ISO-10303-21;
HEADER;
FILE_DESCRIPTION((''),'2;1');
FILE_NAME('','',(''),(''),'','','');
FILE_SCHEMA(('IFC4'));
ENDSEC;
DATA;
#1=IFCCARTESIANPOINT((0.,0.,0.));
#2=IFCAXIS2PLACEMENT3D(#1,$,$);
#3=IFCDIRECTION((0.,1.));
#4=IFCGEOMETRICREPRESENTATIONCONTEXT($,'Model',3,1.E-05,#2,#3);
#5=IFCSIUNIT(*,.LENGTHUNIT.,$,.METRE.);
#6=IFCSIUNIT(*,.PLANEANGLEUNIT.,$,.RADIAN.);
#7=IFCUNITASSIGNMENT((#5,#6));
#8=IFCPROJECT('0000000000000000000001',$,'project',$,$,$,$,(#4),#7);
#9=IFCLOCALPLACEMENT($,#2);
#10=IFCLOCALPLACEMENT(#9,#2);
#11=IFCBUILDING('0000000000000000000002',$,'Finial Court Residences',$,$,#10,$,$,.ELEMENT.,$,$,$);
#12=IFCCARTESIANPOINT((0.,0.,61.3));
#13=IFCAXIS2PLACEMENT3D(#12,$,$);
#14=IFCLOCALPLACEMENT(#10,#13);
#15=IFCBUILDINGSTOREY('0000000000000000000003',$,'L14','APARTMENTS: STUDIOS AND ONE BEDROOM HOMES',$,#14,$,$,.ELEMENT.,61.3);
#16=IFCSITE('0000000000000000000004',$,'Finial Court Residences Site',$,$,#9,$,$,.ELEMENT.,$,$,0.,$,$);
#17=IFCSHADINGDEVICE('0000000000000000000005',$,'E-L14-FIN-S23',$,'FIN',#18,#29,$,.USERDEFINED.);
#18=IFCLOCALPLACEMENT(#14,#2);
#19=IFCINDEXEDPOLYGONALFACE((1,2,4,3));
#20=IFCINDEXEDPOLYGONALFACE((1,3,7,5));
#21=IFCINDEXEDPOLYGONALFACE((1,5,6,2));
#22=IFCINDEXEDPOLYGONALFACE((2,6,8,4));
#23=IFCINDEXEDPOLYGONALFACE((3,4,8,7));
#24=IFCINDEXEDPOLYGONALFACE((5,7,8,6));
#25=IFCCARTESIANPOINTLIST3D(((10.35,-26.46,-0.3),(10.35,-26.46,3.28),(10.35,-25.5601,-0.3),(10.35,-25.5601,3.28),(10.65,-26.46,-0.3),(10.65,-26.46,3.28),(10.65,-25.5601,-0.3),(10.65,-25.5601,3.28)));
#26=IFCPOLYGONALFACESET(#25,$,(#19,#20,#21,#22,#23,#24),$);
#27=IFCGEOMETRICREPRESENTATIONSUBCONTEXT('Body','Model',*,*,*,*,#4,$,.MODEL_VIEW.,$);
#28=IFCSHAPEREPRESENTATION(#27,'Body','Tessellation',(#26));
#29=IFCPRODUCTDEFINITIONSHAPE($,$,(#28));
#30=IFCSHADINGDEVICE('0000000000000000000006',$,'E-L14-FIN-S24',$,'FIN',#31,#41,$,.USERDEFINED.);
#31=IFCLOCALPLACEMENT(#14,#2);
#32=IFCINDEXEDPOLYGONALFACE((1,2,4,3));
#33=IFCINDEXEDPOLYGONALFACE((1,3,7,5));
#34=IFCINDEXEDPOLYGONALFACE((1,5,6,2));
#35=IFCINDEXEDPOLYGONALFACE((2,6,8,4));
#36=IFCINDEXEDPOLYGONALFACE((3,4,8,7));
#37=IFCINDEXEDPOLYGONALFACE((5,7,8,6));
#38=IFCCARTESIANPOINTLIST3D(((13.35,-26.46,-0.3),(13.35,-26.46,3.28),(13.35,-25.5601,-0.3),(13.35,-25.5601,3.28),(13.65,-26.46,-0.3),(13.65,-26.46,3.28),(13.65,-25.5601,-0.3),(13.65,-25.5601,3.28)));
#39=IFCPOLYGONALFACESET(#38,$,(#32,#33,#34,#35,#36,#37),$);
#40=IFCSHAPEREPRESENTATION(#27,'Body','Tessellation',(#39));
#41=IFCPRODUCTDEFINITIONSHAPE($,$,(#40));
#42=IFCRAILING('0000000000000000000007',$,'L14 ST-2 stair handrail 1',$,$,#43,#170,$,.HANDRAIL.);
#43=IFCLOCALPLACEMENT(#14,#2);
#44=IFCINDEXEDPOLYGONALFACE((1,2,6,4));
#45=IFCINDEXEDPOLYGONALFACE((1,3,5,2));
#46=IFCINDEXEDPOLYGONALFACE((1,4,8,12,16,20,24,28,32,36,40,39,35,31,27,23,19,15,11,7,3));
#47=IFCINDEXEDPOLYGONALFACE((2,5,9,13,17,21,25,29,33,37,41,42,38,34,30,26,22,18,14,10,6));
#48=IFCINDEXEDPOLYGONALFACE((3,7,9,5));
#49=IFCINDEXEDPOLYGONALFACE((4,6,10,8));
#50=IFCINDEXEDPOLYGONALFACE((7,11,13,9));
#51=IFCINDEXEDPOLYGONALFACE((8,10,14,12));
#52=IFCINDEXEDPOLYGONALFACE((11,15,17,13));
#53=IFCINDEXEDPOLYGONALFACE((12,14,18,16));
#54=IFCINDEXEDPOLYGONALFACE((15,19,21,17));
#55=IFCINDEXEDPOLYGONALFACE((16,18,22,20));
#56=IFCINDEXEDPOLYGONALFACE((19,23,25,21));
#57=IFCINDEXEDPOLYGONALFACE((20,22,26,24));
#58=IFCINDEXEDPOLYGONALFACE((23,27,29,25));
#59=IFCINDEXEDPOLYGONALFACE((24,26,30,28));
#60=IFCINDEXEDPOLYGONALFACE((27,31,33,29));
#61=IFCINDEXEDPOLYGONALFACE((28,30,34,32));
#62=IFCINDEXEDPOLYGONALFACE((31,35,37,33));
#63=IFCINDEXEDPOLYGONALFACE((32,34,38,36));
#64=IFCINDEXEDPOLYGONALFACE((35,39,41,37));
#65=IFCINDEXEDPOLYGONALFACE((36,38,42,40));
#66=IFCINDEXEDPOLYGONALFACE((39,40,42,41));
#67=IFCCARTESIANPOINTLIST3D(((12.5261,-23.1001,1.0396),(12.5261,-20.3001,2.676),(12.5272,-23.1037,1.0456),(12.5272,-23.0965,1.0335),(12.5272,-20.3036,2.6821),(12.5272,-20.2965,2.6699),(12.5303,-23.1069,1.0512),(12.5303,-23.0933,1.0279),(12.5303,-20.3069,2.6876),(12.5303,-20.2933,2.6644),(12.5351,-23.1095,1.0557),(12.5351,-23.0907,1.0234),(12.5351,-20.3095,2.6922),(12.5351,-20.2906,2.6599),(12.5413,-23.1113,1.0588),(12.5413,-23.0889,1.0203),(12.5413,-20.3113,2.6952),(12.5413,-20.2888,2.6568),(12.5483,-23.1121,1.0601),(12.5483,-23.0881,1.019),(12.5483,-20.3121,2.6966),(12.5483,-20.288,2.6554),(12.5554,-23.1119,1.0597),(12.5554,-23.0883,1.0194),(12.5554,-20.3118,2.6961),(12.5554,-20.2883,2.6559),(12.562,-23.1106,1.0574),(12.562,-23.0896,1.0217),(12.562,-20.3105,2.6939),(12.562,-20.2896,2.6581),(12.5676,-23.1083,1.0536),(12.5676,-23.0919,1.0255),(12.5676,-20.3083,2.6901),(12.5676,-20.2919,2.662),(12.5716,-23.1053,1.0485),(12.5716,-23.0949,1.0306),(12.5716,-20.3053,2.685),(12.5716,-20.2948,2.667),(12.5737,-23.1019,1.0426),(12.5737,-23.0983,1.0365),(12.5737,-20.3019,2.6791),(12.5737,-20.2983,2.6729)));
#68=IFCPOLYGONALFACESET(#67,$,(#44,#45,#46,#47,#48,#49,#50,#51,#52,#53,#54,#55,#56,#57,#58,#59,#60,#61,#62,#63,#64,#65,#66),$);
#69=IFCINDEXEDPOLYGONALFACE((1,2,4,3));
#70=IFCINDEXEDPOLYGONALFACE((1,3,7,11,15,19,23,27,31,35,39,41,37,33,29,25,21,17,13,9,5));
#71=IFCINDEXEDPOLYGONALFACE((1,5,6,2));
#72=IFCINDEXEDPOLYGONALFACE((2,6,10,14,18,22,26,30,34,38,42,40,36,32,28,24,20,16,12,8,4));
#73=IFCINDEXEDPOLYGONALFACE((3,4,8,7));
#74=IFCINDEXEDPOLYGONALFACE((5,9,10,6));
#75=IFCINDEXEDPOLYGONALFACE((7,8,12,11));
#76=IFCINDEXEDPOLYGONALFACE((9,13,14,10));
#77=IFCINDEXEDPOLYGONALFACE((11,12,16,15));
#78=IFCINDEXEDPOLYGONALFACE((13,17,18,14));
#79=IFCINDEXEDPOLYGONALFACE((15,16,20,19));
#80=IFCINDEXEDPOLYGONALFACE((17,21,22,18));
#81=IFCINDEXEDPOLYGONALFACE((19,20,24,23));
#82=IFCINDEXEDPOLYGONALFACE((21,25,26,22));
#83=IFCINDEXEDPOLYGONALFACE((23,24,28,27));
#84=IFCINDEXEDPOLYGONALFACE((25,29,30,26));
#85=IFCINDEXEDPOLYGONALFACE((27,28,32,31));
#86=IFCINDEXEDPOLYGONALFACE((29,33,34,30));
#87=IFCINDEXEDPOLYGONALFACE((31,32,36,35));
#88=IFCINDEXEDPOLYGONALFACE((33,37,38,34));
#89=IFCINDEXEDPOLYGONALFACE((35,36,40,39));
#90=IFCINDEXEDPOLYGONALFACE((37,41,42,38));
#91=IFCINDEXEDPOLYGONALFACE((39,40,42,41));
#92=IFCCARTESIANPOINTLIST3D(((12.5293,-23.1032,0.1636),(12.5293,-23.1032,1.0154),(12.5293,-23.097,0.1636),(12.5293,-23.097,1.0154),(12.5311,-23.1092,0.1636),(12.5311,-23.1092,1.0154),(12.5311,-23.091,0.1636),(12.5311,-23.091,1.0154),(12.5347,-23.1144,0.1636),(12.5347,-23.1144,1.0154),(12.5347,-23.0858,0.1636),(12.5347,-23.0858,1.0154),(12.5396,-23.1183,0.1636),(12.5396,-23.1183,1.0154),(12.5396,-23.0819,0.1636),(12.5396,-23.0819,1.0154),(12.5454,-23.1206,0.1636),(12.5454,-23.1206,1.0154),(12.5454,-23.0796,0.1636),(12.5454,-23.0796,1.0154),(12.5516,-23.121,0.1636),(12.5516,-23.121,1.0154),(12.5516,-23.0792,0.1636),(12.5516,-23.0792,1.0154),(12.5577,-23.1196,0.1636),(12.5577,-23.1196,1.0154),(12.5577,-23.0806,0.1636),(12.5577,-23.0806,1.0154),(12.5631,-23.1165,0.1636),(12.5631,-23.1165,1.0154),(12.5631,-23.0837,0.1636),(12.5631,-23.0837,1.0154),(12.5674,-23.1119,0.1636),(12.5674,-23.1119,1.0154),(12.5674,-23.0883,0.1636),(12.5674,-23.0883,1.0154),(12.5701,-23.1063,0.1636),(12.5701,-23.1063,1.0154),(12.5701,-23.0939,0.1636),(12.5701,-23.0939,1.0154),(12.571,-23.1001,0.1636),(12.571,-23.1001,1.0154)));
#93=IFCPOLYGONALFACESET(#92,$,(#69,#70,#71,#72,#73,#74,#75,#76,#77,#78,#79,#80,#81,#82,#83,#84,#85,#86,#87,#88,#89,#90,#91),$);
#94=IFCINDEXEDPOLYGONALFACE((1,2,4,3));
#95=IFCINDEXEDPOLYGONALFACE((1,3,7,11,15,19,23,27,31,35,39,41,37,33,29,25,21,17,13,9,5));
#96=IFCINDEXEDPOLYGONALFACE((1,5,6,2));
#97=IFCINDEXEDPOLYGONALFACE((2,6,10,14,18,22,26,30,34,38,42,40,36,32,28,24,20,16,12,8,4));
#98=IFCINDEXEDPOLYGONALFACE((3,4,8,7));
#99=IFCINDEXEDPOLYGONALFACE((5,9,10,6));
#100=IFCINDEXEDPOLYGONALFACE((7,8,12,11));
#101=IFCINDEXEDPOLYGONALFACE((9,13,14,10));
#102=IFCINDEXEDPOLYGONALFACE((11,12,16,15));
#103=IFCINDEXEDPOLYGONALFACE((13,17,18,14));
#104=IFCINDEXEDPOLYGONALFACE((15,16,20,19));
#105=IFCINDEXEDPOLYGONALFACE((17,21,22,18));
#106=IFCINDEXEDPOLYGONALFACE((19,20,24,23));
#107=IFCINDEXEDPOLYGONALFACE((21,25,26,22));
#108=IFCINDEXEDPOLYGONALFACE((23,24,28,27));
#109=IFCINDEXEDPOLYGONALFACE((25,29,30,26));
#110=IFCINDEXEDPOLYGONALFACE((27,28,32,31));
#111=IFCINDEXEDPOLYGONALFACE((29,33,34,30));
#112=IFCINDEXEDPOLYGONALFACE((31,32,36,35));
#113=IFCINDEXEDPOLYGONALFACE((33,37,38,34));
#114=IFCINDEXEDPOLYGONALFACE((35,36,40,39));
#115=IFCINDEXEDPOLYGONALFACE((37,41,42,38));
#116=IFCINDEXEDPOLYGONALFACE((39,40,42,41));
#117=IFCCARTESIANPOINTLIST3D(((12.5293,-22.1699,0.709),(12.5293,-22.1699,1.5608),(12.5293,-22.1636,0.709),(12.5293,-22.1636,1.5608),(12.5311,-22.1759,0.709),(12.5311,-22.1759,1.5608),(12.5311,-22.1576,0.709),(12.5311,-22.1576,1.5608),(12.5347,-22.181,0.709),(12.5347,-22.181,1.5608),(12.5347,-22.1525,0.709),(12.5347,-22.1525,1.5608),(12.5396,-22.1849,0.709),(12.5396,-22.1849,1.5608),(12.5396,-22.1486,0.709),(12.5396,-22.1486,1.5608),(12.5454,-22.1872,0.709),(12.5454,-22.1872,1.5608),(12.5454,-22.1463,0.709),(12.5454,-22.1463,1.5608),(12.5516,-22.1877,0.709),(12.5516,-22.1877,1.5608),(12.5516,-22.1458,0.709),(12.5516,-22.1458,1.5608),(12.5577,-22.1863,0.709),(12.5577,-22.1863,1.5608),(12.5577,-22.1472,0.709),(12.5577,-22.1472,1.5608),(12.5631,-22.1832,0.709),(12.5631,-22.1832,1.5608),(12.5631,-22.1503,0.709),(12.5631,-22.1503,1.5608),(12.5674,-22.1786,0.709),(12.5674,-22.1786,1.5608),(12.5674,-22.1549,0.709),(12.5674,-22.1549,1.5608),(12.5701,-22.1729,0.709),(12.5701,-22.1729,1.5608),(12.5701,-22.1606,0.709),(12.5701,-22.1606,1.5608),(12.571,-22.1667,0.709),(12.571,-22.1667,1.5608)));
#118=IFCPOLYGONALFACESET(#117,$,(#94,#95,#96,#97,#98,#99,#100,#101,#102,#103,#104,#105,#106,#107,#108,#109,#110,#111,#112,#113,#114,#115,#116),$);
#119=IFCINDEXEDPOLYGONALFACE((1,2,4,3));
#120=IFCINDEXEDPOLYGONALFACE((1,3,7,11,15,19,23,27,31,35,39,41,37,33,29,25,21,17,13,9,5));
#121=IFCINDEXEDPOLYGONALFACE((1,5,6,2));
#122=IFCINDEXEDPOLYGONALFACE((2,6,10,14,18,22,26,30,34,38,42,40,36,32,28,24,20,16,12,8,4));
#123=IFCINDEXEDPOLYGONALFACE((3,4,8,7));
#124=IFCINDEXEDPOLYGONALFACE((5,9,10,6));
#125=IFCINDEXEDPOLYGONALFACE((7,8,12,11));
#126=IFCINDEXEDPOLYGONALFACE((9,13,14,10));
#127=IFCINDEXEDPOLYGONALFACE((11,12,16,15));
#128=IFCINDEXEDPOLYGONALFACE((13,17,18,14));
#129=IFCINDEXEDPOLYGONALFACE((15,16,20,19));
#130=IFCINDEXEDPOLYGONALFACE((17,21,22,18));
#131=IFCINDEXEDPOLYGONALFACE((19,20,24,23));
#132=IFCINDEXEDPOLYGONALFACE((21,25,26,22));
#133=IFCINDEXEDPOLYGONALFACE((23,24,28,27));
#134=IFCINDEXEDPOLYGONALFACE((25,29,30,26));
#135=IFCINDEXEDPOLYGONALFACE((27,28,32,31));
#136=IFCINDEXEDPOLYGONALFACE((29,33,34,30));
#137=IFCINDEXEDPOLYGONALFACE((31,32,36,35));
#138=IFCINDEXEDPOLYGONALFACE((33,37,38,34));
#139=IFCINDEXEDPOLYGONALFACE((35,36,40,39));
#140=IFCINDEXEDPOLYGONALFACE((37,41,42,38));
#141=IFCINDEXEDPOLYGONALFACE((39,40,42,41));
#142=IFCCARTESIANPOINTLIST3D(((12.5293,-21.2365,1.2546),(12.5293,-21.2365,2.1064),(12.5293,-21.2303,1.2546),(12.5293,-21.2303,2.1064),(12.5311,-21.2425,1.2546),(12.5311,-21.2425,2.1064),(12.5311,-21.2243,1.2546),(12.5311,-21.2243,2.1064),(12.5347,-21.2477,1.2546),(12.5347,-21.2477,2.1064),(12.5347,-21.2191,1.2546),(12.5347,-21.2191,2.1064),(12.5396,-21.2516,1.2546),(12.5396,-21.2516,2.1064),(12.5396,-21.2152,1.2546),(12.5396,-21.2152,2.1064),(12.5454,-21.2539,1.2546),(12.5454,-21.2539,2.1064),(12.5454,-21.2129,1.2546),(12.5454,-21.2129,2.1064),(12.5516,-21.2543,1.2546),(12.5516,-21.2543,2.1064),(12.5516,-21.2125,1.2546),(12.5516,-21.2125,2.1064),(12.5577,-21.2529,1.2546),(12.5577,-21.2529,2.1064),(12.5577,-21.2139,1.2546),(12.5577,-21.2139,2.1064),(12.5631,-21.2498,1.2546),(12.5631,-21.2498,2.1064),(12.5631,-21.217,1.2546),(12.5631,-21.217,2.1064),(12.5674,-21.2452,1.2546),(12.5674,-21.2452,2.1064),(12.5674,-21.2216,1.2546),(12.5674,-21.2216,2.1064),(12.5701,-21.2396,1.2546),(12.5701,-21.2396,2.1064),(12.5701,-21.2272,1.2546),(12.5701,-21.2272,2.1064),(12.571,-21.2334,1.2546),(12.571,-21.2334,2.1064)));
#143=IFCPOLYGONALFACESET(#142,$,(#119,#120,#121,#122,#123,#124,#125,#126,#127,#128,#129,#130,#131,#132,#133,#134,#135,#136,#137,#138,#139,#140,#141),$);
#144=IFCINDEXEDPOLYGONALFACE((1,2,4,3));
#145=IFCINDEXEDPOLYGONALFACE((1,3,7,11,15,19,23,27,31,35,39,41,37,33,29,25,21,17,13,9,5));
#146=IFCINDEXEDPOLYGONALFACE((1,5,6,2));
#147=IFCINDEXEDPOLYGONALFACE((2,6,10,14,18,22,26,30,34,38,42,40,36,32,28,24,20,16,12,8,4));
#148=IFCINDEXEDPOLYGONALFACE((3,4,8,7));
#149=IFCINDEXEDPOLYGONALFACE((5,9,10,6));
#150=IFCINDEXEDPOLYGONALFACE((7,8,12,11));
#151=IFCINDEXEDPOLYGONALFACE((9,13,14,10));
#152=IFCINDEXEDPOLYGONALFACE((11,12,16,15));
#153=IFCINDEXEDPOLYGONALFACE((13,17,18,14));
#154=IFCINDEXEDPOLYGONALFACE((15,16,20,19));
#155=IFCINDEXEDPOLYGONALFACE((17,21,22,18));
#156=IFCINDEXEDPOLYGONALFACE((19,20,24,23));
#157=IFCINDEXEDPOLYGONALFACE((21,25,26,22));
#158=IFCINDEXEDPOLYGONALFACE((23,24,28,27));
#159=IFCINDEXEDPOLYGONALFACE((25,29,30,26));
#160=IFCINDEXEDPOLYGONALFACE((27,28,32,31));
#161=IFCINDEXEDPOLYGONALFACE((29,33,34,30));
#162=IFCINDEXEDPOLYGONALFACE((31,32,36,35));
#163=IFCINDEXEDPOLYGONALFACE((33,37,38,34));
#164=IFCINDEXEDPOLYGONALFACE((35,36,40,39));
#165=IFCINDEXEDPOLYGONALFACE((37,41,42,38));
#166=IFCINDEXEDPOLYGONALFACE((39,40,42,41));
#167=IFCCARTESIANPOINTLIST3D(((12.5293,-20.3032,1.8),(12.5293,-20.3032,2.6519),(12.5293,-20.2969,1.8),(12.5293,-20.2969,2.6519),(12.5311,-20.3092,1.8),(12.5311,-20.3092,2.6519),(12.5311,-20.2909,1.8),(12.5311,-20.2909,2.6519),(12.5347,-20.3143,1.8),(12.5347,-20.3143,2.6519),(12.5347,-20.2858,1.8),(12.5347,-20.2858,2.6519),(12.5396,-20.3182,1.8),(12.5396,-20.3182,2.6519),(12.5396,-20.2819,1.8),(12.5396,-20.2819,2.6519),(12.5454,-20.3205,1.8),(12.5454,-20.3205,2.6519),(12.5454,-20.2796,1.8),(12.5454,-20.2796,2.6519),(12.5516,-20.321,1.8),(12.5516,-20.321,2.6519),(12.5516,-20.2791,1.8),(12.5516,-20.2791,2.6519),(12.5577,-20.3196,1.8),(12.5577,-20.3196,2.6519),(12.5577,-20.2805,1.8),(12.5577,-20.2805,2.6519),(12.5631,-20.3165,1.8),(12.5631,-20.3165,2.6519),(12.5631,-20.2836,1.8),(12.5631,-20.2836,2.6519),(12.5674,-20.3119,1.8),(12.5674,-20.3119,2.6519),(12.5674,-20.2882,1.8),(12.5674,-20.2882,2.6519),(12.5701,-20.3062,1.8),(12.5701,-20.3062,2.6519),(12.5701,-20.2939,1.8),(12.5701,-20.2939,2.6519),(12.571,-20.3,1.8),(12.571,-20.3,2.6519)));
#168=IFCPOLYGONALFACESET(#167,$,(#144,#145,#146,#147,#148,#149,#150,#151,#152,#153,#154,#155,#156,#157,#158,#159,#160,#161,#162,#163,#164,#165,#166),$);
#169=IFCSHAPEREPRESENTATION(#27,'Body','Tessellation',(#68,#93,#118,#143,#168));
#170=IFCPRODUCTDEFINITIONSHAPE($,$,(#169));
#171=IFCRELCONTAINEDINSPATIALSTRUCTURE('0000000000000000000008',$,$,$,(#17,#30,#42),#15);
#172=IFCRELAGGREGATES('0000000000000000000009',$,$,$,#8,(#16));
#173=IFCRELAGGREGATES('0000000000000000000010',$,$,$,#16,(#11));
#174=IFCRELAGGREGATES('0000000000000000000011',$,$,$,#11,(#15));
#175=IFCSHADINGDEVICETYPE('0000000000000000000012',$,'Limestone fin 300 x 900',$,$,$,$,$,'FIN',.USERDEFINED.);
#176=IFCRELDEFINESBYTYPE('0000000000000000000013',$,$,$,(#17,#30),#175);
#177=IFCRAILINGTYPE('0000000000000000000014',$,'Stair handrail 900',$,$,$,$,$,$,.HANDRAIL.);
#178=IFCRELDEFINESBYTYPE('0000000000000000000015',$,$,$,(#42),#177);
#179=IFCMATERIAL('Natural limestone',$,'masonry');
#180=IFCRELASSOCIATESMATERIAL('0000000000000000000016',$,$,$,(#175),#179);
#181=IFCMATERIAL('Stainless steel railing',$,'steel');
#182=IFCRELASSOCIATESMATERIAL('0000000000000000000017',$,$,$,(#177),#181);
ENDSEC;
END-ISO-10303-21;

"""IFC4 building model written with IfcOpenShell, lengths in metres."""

from ifc_helpers import new_model, si_unit, direction, frame, origin, origin_2d, place, context, subcontext, project, spatial, rectangle, circle, extrude, material, type_object, element, save


model = new_model("IFC4")

# Units and contexts
model_context = context("Model", 3, precision=1e-05, world=origin(), true_north=direction((0.0, 1.0)))
body_context = subcontext(model_context, "Body", "Model", "MODEL_VIEW")
ifc_project = project(units=[si_unit("LENGTHUNIT", "METRE"), si_unit("PLANEANGLEUNIT", "RADIAN")], contexts=[model_context])

# Site, building, storey
site_placement = place(None, origin())
site = spatial("IfcSite", under=ifc_project, at=site_placement, Name="Finial Court Residences Site", CompositionType="ELEMENT", RefElevation=0.0)
building_placement = place(site_placement, origin())
building = spatial("IfcBuilding", under=site, at=building_placement, Name="Finial Court Residences", CompositionType="ELEMENT")
storey_placement = place(building_placement, frame((0.0, 0.0, 61.3)))
storey = spatial("IfcBuildingStorey", under=building, at=storey_placement, Name="L14", Description="APARTMENTS: STUDIOS AND ONE BEDROOM HOMES", CompositionType="ELEMENT", Elevation=61.3)

# Shading devices
ifc_material_1 = material(Name="Natural limestone", Category="masonry")
shading_device_type = type_object("IfcShadingDeviceType", Name="Limestone fin 300 x 900", ElementType="FIN", PredefinedType="USERDEFINED", material=ifc_material_1)
for number, where, z_axis, x_axis, name in (
    (1, (10.5, -26.01, -0.3), (0.0, 0.0, 1.0), (1.0, 0.0, 0.0), "E-L14-FIN-S23"),
    (2, (13.5, -26.01, -0.3), (0.0, 0.0, 1.0), (1.0, 0.0, 0.0), "E-L14-FIN-S24"),
):
    element("IfcShadingDevice", number, at=place(storey_placement, frame(where, z_axis=z_axis, x_axis=x_axis)), inside=storey, type_object=shading_device_type, Name=name, ObjectType="FIN", PredefinedType="USERDEFINED", context=body_context, shape_type="SweptSolid", body=[
        extrude(rectangle(XDim=0.3, YDim=0.8999, at=origin_2d()), origin(), (0.0, 0.0, 1.0), 3.5801),
    ])

# Railing
ifc_material_2 = material(Name="Stainless steel railing", Category="steel")
railing_type_1 = type_object("IfcRailingType", Name="Stair handrail 900", PredefinedType="HANDRAIL", material=ifc_material_2)
railing_1_placement = place(storey_placement, frame((12.55, -23.1001, 0.1636)))
element("IfcRailing", 3, at=railing_1_placement, inside=storey, type_object=railing_type_1, Name="L14 ST-2 stair handrail 1", PredefinedType="HANDRAIL", context=body_context, shape_type="SweptSolid", body=[
    extrude(circle(Radius=0.0239, at=origin_2d()), frame((0.0, 0.0, 0.876), z_axis=(0.0, 0.863361, 0.504587), x_axis=(-1.0, 0.0, 0.0)), (0.0, 0.0, 1.0), 3.2432),
    extrude(circle(Radius=0.021, at=origin_2d()), origin(), (0.0, 0.0, 1.0), 0.8518),
    extrude(circle(Radius=0.021, at=origin_2d()), frame((0.0, 0.9333, 0.5454)), (0.0, 0.0, 1.0), 0.8518),
    extrude(circle(Radius=0.021, at=origin_2d()), frame((0.0, 1.8667, 1.0911)), (0.0, 0.0, 1.0), 0.8518),
    extrude(circle(Radius=0.021, at=origin_2d()), frame((0.0, 2.8, 1.6365)), (0.0, 0.0, 1.0), 0.8518),
])

save(model, "model.ifc")
